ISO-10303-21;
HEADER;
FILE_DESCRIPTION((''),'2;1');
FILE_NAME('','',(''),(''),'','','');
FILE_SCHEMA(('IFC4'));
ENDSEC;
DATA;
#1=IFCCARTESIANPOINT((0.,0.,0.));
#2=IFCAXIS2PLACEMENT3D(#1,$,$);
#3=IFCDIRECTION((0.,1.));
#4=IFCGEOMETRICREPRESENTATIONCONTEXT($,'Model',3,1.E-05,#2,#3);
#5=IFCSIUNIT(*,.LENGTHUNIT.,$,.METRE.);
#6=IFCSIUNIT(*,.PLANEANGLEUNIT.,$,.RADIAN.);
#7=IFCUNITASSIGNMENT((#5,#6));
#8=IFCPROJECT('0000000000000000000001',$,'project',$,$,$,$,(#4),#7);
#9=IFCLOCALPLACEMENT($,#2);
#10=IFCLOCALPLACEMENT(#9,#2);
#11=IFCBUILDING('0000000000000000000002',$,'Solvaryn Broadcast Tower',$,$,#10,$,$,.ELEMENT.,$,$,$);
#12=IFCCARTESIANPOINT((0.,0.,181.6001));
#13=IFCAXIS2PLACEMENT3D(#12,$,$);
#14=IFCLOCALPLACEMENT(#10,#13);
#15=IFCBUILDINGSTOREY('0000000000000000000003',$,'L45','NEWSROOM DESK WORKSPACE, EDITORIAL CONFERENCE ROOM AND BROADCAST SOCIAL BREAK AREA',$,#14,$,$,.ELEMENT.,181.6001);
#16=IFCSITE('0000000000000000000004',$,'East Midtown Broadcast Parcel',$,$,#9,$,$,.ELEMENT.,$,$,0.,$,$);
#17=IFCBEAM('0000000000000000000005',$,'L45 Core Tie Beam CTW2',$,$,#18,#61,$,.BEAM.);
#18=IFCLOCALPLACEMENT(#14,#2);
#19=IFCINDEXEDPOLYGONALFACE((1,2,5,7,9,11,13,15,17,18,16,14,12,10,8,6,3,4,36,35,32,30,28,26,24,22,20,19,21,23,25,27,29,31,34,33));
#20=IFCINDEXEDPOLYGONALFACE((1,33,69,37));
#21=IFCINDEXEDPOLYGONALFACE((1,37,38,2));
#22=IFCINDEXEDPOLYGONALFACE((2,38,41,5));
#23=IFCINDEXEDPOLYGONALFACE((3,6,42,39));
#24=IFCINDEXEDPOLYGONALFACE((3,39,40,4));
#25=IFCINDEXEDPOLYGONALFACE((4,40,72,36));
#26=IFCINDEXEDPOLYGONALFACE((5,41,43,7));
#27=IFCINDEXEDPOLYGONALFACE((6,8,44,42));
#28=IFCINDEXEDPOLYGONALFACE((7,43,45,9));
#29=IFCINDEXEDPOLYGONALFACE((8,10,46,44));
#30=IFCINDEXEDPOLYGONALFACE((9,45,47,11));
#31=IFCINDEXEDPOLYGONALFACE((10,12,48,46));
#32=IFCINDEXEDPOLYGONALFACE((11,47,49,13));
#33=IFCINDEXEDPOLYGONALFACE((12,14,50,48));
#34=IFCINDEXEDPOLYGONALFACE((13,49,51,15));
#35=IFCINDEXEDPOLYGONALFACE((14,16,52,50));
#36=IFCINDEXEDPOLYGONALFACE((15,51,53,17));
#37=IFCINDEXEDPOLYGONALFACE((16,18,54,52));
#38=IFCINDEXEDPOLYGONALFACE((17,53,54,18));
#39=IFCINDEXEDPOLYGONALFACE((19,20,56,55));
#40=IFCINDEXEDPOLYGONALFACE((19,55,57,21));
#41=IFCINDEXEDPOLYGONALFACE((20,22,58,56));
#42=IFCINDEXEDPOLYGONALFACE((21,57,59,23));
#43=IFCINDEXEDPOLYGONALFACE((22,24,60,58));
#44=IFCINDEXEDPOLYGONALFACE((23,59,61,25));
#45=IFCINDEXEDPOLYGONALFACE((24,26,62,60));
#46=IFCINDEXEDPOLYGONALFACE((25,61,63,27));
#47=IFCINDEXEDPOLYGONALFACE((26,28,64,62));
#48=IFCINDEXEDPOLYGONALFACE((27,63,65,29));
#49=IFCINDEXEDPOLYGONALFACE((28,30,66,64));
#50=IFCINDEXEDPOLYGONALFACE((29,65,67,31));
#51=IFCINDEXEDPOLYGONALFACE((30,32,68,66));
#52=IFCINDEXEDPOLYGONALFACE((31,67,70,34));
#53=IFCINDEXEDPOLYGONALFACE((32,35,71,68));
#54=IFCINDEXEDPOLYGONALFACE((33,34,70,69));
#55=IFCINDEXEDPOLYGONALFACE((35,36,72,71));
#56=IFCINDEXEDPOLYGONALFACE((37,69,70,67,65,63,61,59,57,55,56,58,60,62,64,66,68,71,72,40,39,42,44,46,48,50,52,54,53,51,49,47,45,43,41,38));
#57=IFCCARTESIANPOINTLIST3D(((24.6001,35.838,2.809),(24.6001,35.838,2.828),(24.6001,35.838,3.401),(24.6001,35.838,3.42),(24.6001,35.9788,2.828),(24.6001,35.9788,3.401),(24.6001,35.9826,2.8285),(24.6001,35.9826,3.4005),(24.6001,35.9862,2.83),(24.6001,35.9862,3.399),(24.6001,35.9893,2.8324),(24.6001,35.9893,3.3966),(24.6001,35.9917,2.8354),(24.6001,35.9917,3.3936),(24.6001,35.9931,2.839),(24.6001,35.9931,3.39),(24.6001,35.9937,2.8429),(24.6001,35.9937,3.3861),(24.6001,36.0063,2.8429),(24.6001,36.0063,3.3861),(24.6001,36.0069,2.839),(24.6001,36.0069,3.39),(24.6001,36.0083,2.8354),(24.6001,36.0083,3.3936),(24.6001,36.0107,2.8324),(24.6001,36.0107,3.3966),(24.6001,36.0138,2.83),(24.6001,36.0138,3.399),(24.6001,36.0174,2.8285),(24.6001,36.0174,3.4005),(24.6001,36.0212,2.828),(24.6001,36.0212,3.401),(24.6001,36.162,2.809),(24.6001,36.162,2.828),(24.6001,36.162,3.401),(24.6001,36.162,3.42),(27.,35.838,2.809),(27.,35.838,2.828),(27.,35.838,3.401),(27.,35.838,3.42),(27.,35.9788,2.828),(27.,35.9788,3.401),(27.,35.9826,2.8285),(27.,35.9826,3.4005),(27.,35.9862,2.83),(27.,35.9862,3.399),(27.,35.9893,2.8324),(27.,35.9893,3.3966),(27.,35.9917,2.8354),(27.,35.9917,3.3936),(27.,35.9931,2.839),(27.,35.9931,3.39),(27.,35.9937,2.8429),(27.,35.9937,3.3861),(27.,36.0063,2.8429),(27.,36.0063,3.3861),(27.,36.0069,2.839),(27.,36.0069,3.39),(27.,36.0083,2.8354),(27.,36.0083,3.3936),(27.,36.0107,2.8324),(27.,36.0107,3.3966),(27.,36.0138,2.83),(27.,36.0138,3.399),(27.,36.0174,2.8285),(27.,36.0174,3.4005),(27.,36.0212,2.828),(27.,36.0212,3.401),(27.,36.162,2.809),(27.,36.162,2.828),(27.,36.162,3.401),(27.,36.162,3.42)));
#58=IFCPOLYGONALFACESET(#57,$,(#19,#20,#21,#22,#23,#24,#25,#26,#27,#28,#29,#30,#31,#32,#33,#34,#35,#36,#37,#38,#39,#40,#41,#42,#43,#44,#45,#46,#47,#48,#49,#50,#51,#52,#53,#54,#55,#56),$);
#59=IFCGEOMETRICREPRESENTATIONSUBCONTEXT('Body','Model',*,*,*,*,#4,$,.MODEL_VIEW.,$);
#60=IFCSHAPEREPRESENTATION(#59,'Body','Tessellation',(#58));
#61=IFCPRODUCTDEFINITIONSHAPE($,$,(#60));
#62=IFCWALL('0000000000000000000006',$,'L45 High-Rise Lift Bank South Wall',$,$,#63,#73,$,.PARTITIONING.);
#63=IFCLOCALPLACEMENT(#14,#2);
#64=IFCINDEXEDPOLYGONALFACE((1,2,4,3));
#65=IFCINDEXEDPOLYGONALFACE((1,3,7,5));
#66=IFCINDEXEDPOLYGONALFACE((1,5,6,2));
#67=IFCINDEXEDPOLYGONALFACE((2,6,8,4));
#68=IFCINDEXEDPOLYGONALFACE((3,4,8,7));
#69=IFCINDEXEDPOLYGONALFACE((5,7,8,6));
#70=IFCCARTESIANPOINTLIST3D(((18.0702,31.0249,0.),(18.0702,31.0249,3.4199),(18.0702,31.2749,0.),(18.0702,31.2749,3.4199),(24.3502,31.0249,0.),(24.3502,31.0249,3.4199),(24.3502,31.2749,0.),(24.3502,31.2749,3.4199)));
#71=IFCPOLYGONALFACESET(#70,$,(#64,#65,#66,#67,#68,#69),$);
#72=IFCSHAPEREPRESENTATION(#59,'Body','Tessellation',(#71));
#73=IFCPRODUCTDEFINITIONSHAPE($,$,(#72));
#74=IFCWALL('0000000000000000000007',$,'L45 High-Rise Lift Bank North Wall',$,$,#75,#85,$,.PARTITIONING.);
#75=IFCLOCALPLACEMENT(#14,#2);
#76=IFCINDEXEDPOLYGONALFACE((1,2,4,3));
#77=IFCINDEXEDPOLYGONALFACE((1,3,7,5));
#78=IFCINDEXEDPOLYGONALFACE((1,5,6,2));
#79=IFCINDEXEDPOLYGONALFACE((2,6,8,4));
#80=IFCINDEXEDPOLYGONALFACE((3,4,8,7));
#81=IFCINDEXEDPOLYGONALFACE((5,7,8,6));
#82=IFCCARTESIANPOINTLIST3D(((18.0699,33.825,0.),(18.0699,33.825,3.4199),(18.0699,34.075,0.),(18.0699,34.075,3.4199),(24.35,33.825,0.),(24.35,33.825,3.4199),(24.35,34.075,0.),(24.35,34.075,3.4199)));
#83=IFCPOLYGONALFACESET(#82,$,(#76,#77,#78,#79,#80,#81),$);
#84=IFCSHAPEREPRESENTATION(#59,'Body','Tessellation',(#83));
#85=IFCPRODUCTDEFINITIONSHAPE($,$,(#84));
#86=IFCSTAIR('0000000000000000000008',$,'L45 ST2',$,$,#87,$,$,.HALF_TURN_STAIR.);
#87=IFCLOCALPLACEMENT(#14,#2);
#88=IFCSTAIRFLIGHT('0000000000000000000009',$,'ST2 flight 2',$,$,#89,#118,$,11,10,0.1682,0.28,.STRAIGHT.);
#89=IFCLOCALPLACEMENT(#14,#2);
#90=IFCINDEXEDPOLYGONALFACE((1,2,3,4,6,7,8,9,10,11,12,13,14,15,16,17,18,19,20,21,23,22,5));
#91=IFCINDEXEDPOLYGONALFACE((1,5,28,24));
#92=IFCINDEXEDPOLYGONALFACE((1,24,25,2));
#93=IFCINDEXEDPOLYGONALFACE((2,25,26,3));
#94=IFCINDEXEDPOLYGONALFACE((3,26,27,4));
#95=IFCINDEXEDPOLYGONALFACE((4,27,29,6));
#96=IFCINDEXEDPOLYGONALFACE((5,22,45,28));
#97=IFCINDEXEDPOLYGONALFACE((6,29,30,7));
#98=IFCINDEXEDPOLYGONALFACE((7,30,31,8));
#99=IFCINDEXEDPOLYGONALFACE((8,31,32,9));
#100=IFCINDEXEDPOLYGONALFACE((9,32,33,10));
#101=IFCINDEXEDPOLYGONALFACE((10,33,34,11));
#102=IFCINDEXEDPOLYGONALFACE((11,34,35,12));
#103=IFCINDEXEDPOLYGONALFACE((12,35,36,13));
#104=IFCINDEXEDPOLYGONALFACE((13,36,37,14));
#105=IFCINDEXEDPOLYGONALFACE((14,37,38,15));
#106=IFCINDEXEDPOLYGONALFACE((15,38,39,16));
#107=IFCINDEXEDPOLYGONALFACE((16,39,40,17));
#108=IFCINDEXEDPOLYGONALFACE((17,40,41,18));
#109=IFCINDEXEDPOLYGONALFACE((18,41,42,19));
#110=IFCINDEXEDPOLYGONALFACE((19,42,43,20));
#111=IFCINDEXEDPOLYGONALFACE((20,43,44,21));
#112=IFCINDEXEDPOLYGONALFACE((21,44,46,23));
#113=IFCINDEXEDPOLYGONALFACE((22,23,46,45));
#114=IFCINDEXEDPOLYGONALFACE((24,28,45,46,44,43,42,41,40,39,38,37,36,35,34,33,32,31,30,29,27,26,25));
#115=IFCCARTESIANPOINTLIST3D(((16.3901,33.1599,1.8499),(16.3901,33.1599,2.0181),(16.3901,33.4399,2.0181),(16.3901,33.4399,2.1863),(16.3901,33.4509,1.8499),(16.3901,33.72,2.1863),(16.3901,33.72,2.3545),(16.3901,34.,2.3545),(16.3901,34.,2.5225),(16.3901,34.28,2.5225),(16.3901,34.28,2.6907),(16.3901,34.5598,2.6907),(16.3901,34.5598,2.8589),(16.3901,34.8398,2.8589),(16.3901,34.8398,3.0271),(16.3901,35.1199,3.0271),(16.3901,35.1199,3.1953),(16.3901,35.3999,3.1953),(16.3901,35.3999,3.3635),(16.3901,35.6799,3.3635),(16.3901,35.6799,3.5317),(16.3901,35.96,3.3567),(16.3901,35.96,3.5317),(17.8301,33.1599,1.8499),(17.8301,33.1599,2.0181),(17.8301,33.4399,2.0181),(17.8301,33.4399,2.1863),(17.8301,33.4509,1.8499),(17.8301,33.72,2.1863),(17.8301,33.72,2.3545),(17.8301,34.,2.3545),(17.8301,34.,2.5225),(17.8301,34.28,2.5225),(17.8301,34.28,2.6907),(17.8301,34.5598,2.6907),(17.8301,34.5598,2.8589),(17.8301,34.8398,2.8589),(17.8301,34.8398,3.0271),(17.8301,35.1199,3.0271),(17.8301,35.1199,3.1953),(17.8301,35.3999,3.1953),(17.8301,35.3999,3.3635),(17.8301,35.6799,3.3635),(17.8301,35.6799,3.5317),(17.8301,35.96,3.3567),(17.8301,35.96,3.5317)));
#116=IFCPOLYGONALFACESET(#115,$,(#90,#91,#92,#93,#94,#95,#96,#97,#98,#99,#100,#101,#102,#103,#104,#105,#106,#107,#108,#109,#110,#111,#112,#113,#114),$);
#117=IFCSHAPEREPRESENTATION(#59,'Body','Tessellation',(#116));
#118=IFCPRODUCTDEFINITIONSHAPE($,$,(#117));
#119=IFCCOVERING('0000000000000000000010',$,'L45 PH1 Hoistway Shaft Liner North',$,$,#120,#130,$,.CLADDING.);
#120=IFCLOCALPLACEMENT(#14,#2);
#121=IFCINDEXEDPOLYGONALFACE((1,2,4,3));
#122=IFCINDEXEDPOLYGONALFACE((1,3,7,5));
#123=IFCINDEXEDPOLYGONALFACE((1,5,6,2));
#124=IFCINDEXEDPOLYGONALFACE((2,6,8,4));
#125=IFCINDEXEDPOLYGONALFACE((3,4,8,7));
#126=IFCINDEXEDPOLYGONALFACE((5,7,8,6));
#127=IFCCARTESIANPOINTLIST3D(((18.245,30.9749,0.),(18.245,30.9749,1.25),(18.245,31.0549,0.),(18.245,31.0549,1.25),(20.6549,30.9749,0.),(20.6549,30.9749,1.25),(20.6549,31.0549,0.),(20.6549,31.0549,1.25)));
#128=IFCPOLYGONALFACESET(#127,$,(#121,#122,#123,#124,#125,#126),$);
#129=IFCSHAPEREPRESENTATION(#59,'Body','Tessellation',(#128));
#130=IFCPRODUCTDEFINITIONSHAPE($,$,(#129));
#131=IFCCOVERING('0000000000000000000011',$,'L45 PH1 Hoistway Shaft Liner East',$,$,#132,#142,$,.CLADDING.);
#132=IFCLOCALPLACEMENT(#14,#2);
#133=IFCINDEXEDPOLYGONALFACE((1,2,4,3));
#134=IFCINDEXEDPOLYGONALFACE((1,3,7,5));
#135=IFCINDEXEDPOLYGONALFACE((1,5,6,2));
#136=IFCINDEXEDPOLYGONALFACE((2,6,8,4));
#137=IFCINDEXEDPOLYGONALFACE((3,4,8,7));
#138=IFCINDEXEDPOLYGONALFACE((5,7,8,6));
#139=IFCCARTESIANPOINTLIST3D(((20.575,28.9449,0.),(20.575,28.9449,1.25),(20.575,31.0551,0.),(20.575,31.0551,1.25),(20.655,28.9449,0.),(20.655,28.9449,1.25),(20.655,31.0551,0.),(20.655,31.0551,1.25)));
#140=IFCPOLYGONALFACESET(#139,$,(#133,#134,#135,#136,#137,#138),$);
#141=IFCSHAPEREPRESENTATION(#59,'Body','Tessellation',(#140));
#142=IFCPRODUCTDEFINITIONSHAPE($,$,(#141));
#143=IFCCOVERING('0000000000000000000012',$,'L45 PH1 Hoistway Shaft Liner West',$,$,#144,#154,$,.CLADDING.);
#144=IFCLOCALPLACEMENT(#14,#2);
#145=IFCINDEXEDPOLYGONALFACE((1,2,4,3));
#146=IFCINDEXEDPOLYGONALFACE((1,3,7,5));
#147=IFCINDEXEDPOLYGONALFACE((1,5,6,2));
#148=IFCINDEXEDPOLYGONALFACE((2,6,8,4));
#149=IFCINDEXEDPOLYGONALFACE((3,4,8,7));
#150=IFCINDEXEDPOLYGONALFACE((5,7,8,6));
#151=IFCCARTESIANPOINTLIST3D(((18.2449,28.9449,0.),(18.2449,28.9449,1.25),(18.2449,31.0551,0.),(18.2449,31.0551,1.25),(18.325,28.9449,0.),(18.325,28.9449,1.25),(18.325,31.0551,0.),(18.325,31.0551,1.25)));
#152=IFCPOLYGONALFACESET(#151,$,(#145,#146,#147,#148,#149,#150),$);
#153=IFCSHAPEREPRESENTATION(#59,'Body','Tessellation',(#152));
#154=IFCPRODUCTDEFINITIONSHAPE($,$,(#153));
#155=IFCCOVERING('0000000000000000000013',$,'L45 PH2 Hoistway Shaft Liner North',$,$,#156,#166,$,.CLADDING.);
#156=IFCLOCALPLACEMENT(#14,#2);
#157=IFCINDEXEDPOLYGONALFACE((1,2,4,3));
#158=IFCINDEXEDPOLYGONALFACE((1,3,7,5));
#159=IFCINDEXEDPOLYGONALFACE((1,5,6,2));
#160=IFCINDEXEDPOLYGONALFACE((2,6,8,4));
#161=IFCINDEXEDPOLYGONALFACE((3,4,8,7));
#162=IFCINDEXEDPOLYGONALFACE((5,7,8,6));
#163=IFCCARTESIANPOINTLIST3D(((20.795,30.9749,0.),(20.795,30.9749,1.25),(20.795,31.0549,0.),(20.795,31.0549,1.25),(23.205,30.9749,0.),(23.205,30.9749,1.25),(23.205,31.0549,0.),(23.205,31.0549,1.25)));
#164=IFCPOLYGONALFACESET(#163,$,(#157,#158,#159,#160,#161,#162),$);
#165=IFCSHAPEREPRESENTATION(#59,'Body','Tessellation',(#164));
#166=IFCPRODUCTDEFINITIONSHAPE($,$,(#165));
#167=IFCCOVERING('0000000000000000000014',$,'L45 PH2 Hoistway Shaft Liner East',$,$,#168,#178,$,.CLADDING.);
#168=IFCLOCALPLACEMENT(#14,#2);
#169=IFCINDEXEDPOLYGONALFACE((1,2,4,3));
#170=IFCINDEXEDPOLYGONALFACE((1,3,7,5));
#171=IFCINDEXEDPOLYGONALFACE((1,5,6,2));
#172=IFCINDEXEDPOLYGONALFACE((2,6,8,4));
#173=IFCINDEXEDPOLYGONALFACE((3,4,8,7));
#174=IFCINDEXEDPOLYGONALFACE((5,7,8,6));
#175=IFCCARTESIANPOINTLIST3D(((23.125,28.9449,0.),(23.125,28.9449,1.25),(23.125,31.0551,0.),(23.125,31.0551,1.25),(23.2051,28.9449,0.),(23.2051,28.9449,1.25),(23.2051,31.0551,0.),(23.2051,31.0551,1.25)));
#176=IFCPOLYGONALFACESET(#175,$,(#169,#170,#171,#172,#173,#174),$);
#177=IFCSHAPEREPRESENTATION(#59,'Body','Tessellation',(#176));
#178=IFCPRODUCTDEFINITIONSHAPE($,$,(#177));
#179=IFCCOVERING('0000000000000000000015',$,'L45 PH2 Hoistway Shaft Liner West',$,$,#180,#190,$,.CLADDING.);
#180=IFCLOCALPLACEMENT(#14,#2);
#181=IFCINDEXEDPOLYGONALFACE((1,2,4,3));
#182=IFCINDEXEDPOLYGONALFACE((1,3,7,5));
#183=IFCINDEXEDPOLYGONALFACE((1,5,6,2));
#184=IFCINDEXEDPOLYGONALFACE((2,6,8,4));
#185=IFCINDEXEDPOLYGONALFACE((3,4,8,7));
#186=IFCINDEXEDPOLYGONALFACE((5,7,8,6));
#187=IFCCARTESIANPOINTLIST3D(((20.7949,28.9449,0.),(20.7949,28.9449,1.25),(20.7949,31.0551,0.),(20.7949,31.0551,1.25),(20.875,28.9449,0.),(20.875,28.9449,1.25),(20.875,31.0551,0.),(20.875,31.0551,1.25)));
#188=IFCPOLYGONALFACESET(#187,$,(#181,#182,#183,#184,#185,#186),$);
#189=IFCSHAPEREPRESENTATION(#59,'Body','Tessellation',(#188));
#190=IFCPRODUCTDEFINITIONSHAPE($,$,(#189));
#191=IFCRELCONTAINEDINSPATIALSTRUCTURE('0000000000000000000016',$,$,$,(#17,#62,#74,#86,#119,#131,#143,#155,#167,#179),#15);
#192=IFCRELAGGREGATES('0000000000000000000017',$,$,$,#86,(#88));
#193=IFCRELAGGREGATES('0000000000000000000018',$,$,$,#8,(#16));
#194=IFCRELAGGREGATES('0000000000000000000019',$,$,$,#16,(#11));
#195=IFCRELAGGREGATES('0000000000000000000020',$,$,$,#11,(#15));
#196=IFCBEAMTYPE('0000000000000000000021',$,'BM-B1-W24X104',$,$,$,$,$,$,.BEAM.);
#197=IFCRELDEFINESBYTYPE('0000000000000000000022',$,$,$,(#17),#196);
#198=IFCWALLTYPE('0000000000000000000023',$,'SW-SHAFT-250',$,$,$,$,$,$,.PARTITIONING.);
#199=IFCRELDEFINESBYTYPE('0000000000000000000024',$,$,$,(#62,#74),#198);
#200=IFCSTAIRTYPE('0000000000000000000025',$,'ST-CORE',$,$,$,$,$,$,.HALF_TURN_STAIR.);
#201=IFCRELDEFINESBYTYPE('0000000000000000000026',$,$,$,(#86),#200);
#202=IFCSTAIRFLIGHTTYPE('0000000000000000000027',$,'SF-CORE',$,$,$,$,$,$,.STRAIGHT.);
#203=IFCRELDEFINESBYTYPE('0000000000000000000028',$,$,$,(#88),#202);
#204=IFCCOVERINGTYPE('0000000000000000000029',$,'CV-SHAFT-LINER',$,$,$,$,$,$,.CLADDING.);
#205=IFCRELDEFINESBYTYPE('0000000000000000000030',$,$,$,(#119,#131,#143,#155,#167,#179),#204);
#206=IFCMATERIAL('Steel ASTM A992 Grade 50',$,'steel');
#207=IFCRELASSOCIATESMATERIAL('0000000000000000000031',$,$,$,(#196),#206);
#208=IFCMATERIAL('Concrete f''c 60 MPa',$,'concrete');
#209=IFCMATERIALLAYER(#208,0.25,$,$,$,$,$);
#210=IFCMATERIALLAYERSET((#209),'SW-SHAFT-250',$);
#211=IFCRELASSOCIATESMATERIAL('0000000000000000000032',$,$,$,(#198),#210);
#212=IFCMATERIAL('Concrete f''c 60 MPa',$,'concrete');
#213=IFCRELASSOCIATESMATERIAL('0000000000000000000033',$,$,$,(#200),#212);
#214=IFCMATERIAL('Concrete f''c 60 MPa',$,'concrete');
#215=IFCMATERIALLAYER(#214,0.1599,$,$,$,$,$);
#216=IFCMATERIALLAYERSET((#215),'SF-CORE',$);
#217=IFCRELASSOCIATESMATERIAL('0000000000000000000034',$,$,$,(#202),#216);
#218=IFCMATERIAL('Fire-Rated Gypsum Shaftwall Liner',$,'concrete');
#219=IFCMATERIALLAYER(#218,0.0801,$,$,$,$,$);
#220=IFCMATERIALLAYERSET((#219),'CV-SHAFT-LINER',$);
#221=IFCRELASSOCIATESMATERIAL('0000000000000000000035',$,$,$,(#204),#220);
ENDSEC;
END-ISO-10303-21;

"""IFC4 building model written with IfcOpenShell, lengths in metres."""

from ifc_helpers import new_model, si_unit, direction, frame, frame_2d, origin, origin_2d, place, context, subcontext, project, spatial, polyline, rectangle, i_section, outline, extrude, material, layer, layer_set, material_profile, profile_set, type_object, element, aggregate, save


model = new_model("IFC4")

# Units and contexts
model_context = context("Model", 3, precision=1e-05, world=origin(), true_north=direction((0.0, 1.0)))
body_context = subcontext(model_context, "Body", "Model", "MODEL_VIEW")
ifc_project = project(units=[si_unit("LENGTHUNIT", "METRE"), si_unit("PLANEANGLEUNIT", "RADIAN")], contexts=[model_context])

# Site, building, storey
site_placement = place(None, origin())
site = spatial("IfcSite", under=ifc_project, at=site_placement, Name="East Midtown Broadcast Parcel", CompositionType="ELEMENT", RefElevation=0.0)
building_placement = place(site_placement, origin())
building = spatial("IfcBuilding", under=site, at=building_placement, Name="Solvaryn Broadcast Tower", CompositionType="ELEMENT")
storey_placement = place(building_placement, frame((0.0, 0.0, 181.6001)))
storey = spatial("IfcBuildingStorey", under=building, at=storey_placement, Name="L45", Description="NEWSROOM DESK WORKSPACE, EDITORIAL CONFERENCE ROOM AND BROADCAST SOCIAL BREAK AREA", CompositionType="ELEMENT", Elevation=181.6001)

# Beam
ifc_material_1 = material(Name="Steel ASTM A992 Grade 50", Category="steel")
ifc_material_profile = material_profile(ifc_material_1, i_section(OverallWidth=0.324, OverallDepth=0.6111, WebThickness=0.0127, FlangeThickness=0.019, FilletRadius=0.0149, at=origin_2d()))
ifc_profile_set = profile_set([ifc_material_profile], Name="Steel ASTM A992 Grade 50")
beam_type = type_object("IfcBeamType", Name="BM-B1-W24X104", PredefinedType="BEAM", material=ifc_profile_set)
beam_placement = place(storey_placement, frame((24.6001, 36.0, 3.1145), z_axis=(1.0, 0.0, 0.0), x_axis=(0.0, 1.0, 0.0)))
element("IfcBeam", 1, at=beam_placement, inside=storey, type_object=beam_type, Name="L45 Core Tie Beam CTW2", PredefinedType="BEAM", context=body_context, shape_type="SweptSolid", body=[
    extrude(i_section(OverallWidth=0.324, OverallDepth=0.6111, WebThickness=0.0127, FlangeThickness=0.019, FilletRadius=0.0149, at=origin_2d()), origin(), (0.0, 0.0, 1.0), 2.3999),
])

# Walls
ifc_material_2 = material(Name="Concrete f'c 60 MPa", Category="concrete")
ifc_layer_1 = layer(ifc_material_2, 0.25)
ifc_layer_set_1 = layer_set([ifc_layer_1], Name="SW-SHAFT-250")
wall_type = type_object("IfcWallType", Name="SW-SHAFT-250", PredefinedType="PARTITIONING", material=ifc_layer_set_1)
for number, where, z_axis, x_axis, name in (
    (2, (18.0701, 31.1499, 0.0), (0.0, 0.0, 1.0), (1.0, 0.0, 0.0), "L45 High-Rise Lift Bank South Wall"),
    (3, (24.3501, 33.95, 0.0), (0.0, 0.0, 1.0), (-1.0, 0.0, 0.0), "L45 High-Rise Lift Bank North Wall"),
):
    element("IfcWall", number, at=place(storey_placement, frame(where, z_axis=z_axis, x_axis=x_axis)), inside=storey, type_object=wall_type, Name=name, PredefinedType="PARTITIONING", context=body_context, shape_type="SweptSolid", body=[
        extrude(rectangle(XDim=6.28, YDim=0.25, at=frame_2d((3.1401, 0.0))), origin(), (0.0, 0.0, 1.0), 3.4199),
    ])

# Stair, stair flight
ifc_material_3 = material(Name="Concrete f'c 60 MPa", Category="concrete")
stair_type = type_object("IfcStairType", Name="ST-CORE", PredefinedType="HALF_TURN_STAIR", material=ifc_material_3)
stair_placement = place(storey_placement, origin())
stair = element("IfcStair", 4, at=stair_placement, inside=storey, type_object=stair_type, Name="L45 ST2", PredefinedType="HALF_TURN_STAIR")
ifc_material_4 = material(Name="Concrete f'c 60 MPa", Category="concrete")
ifc_layer_2 = layer(ifc_material_4, 0.1599)
ifc_layer_set_2 = layer_set([ifc_layer_2], Name="SF-CORE")
stair_flight_type = type_object("IfcStairFlightType", Name="SF-CORE", PredefinedType="STRAIGHT", material=ifc_layer_set_2)
stair_flight_placement = place(storey_placement, frame((17.1101, 33.1599, 1.8499), z_axis=(0.0, 0.0, 1.0), x_axis=(0.0, 1.0, 0.0)))
stair_flight = element("IfcStairFlight", 5, at=stair_flight_placement, type_object=stair_flight_type, Name="ST2 flight 2", NumberOfRisers=11, NumberOfTreads=10, PredefinedType="STRAIGHT", RiserHeight=0.1682, TreadLength=0.28, context=body_context, shape_type="SweptSolid", body=[
    extrude(outline(polyline([(0.0, 0.0), (0.0, 0.1682), (0.28, 0.1682), (0.28, 0.3364), (0.5601, 0.3364), (0.5601, 0.5046), (0.8401, 0.5046), (0.8401, 0.6726), (1.1201, 0.6726), (1.1201, 0.8408), (1.3999, 0.8408), (1.3999, 1.009), (1.6799, 1.009), (1.6799, 1.1772), (1.96, 1.1772), (1.96, 1.3455), (2.24, 1.3455), (2.24, 1.5137), (2.52, 1.5137), (2.52, 1.6819), (2.8, 1.6819), (2.8, 1.8501), (2.8, 1.5068), (0.291, 0.0), (0.0, 0.0)])), frame((0.0, 0.72, 0.0), z_axis=(0.0, -1.0, 0.0), x_axis=(1.0, 0.0, 0.0)), (0.0, 0.0, 1.0), 1.4399),
])
aggregate(stair, [stair_flight])

# Coverings
ifc_material_5 = material(Name="Fire-Rated Gypsum Shaftwall Liner", Category="concrete")
ifc_layer_3 = layer(ifc_material_5, 0.0801)
ifc_layer_set_3 = layer_set([ifc_layer_3], Name="CV-SHAFT-LINER")
covering_type = type_object("IfcCoveringType", Name="CV-SHAFT-LINER", PredefinedType="CLADDING", material=ifc_layer_set_3)
covering_1_placement = place(storey_placement, frame((19.45, 31.0149, 0.0), z_axis=(0.0, 0.0, 1.0), x_axis=(1.0, 0.0, 0.0)))
element("IfcCovering", 6, at=covering_1_placement, inside=storey, type_object=covering_type, Name="L45 PH1 Hoistway Shaft Liner North", PredefinedType="CLADDING", context=body_context, shape_type="SweptSolid", body=[
    extrude(rectangle(XDim=2.4099, YDim=0.0801, at=origin_2d()), origin(), (0.0, 0.0, 1.0), 1.25),
])
for number, where, z_axis, x_axis, name in (
    (7, (20.615, 30.0, 0.0), (0.0, 0.0, 1.0), (1.0, 0.0, 0.0), "L45 PH1 Hoistway Shaft Liner East"),
    (8, (18.2849, 30.0, 0.0), (0.0, 0.0, 1.0), (1.0, 0.0, 0.0), "L45 PH1 Hoistway Shaft Liner West"),
):
    element("IfcCovering", number, at=place(storey_placement, frame(where, z_axis=z_axis, x_axis=x_axis)), inside=storey, type_object=covering_type, Name=name, PredefinedType="CLADDING", context=body_context, shape_type="SweptSolid", body=[
        extrude(rectangle(XDim=0.0801, YDim=2.1101, at=origin_2d()), origin(), (0.0, 0.0, 1.0), 1.25),
    ])
covering_2_placement = place(storey_placement, frame((22.0, 31.0149, 0.0), z_axis=(0.0, 0.0, 1.0), x_axis=(1.0, 0.0, 0.0)))
element("IfcCovering", 9, at=covering_2_placement, inside=storey, type_object=covering_type, Name="L45 PH2 Hoistway Shaft Liner North", PredefinedType="CLADDING", context=body_context, shape_type="SweptSolid", body=[
    extrude(rectangle(XDim=2.4099, YDim=0.0801, at=origin_2d()), origin(), (0.0, 0.0, 1.0), 1.25),
])
for number, where, z_axis, x_axis, name in (
    (10, (23.165, 30.0, 0.0), (0.0, 0.0, 1.0), (1.0, 0.0, 0.0), "L45 PH2 Hoistway Shaft Liner East"),
    (11, (20.835, 30.0, 0.0), (0.0, 0.0, 1.0), (1.0, 0.0, 0.0), "L45 PH2 Hoistway Shaft Liner West"),
):
    element("IfcCovering", number, at=place(storey_placement, frame(where, z_axis=z_axis, x_axis=x_axis)), inside=storey, type_object=covering_type, Name=name, PredefinedType="CLADDING", context=body_context, shape_type="SweptSolid", body=[
        extrude(rectangle(XDim=0.0801, YDim=2.1101, at=origin_2d()), origin(), (0.0, 0.0, 1.0), 1.25),
    ])

save(model, "model.ifc")
